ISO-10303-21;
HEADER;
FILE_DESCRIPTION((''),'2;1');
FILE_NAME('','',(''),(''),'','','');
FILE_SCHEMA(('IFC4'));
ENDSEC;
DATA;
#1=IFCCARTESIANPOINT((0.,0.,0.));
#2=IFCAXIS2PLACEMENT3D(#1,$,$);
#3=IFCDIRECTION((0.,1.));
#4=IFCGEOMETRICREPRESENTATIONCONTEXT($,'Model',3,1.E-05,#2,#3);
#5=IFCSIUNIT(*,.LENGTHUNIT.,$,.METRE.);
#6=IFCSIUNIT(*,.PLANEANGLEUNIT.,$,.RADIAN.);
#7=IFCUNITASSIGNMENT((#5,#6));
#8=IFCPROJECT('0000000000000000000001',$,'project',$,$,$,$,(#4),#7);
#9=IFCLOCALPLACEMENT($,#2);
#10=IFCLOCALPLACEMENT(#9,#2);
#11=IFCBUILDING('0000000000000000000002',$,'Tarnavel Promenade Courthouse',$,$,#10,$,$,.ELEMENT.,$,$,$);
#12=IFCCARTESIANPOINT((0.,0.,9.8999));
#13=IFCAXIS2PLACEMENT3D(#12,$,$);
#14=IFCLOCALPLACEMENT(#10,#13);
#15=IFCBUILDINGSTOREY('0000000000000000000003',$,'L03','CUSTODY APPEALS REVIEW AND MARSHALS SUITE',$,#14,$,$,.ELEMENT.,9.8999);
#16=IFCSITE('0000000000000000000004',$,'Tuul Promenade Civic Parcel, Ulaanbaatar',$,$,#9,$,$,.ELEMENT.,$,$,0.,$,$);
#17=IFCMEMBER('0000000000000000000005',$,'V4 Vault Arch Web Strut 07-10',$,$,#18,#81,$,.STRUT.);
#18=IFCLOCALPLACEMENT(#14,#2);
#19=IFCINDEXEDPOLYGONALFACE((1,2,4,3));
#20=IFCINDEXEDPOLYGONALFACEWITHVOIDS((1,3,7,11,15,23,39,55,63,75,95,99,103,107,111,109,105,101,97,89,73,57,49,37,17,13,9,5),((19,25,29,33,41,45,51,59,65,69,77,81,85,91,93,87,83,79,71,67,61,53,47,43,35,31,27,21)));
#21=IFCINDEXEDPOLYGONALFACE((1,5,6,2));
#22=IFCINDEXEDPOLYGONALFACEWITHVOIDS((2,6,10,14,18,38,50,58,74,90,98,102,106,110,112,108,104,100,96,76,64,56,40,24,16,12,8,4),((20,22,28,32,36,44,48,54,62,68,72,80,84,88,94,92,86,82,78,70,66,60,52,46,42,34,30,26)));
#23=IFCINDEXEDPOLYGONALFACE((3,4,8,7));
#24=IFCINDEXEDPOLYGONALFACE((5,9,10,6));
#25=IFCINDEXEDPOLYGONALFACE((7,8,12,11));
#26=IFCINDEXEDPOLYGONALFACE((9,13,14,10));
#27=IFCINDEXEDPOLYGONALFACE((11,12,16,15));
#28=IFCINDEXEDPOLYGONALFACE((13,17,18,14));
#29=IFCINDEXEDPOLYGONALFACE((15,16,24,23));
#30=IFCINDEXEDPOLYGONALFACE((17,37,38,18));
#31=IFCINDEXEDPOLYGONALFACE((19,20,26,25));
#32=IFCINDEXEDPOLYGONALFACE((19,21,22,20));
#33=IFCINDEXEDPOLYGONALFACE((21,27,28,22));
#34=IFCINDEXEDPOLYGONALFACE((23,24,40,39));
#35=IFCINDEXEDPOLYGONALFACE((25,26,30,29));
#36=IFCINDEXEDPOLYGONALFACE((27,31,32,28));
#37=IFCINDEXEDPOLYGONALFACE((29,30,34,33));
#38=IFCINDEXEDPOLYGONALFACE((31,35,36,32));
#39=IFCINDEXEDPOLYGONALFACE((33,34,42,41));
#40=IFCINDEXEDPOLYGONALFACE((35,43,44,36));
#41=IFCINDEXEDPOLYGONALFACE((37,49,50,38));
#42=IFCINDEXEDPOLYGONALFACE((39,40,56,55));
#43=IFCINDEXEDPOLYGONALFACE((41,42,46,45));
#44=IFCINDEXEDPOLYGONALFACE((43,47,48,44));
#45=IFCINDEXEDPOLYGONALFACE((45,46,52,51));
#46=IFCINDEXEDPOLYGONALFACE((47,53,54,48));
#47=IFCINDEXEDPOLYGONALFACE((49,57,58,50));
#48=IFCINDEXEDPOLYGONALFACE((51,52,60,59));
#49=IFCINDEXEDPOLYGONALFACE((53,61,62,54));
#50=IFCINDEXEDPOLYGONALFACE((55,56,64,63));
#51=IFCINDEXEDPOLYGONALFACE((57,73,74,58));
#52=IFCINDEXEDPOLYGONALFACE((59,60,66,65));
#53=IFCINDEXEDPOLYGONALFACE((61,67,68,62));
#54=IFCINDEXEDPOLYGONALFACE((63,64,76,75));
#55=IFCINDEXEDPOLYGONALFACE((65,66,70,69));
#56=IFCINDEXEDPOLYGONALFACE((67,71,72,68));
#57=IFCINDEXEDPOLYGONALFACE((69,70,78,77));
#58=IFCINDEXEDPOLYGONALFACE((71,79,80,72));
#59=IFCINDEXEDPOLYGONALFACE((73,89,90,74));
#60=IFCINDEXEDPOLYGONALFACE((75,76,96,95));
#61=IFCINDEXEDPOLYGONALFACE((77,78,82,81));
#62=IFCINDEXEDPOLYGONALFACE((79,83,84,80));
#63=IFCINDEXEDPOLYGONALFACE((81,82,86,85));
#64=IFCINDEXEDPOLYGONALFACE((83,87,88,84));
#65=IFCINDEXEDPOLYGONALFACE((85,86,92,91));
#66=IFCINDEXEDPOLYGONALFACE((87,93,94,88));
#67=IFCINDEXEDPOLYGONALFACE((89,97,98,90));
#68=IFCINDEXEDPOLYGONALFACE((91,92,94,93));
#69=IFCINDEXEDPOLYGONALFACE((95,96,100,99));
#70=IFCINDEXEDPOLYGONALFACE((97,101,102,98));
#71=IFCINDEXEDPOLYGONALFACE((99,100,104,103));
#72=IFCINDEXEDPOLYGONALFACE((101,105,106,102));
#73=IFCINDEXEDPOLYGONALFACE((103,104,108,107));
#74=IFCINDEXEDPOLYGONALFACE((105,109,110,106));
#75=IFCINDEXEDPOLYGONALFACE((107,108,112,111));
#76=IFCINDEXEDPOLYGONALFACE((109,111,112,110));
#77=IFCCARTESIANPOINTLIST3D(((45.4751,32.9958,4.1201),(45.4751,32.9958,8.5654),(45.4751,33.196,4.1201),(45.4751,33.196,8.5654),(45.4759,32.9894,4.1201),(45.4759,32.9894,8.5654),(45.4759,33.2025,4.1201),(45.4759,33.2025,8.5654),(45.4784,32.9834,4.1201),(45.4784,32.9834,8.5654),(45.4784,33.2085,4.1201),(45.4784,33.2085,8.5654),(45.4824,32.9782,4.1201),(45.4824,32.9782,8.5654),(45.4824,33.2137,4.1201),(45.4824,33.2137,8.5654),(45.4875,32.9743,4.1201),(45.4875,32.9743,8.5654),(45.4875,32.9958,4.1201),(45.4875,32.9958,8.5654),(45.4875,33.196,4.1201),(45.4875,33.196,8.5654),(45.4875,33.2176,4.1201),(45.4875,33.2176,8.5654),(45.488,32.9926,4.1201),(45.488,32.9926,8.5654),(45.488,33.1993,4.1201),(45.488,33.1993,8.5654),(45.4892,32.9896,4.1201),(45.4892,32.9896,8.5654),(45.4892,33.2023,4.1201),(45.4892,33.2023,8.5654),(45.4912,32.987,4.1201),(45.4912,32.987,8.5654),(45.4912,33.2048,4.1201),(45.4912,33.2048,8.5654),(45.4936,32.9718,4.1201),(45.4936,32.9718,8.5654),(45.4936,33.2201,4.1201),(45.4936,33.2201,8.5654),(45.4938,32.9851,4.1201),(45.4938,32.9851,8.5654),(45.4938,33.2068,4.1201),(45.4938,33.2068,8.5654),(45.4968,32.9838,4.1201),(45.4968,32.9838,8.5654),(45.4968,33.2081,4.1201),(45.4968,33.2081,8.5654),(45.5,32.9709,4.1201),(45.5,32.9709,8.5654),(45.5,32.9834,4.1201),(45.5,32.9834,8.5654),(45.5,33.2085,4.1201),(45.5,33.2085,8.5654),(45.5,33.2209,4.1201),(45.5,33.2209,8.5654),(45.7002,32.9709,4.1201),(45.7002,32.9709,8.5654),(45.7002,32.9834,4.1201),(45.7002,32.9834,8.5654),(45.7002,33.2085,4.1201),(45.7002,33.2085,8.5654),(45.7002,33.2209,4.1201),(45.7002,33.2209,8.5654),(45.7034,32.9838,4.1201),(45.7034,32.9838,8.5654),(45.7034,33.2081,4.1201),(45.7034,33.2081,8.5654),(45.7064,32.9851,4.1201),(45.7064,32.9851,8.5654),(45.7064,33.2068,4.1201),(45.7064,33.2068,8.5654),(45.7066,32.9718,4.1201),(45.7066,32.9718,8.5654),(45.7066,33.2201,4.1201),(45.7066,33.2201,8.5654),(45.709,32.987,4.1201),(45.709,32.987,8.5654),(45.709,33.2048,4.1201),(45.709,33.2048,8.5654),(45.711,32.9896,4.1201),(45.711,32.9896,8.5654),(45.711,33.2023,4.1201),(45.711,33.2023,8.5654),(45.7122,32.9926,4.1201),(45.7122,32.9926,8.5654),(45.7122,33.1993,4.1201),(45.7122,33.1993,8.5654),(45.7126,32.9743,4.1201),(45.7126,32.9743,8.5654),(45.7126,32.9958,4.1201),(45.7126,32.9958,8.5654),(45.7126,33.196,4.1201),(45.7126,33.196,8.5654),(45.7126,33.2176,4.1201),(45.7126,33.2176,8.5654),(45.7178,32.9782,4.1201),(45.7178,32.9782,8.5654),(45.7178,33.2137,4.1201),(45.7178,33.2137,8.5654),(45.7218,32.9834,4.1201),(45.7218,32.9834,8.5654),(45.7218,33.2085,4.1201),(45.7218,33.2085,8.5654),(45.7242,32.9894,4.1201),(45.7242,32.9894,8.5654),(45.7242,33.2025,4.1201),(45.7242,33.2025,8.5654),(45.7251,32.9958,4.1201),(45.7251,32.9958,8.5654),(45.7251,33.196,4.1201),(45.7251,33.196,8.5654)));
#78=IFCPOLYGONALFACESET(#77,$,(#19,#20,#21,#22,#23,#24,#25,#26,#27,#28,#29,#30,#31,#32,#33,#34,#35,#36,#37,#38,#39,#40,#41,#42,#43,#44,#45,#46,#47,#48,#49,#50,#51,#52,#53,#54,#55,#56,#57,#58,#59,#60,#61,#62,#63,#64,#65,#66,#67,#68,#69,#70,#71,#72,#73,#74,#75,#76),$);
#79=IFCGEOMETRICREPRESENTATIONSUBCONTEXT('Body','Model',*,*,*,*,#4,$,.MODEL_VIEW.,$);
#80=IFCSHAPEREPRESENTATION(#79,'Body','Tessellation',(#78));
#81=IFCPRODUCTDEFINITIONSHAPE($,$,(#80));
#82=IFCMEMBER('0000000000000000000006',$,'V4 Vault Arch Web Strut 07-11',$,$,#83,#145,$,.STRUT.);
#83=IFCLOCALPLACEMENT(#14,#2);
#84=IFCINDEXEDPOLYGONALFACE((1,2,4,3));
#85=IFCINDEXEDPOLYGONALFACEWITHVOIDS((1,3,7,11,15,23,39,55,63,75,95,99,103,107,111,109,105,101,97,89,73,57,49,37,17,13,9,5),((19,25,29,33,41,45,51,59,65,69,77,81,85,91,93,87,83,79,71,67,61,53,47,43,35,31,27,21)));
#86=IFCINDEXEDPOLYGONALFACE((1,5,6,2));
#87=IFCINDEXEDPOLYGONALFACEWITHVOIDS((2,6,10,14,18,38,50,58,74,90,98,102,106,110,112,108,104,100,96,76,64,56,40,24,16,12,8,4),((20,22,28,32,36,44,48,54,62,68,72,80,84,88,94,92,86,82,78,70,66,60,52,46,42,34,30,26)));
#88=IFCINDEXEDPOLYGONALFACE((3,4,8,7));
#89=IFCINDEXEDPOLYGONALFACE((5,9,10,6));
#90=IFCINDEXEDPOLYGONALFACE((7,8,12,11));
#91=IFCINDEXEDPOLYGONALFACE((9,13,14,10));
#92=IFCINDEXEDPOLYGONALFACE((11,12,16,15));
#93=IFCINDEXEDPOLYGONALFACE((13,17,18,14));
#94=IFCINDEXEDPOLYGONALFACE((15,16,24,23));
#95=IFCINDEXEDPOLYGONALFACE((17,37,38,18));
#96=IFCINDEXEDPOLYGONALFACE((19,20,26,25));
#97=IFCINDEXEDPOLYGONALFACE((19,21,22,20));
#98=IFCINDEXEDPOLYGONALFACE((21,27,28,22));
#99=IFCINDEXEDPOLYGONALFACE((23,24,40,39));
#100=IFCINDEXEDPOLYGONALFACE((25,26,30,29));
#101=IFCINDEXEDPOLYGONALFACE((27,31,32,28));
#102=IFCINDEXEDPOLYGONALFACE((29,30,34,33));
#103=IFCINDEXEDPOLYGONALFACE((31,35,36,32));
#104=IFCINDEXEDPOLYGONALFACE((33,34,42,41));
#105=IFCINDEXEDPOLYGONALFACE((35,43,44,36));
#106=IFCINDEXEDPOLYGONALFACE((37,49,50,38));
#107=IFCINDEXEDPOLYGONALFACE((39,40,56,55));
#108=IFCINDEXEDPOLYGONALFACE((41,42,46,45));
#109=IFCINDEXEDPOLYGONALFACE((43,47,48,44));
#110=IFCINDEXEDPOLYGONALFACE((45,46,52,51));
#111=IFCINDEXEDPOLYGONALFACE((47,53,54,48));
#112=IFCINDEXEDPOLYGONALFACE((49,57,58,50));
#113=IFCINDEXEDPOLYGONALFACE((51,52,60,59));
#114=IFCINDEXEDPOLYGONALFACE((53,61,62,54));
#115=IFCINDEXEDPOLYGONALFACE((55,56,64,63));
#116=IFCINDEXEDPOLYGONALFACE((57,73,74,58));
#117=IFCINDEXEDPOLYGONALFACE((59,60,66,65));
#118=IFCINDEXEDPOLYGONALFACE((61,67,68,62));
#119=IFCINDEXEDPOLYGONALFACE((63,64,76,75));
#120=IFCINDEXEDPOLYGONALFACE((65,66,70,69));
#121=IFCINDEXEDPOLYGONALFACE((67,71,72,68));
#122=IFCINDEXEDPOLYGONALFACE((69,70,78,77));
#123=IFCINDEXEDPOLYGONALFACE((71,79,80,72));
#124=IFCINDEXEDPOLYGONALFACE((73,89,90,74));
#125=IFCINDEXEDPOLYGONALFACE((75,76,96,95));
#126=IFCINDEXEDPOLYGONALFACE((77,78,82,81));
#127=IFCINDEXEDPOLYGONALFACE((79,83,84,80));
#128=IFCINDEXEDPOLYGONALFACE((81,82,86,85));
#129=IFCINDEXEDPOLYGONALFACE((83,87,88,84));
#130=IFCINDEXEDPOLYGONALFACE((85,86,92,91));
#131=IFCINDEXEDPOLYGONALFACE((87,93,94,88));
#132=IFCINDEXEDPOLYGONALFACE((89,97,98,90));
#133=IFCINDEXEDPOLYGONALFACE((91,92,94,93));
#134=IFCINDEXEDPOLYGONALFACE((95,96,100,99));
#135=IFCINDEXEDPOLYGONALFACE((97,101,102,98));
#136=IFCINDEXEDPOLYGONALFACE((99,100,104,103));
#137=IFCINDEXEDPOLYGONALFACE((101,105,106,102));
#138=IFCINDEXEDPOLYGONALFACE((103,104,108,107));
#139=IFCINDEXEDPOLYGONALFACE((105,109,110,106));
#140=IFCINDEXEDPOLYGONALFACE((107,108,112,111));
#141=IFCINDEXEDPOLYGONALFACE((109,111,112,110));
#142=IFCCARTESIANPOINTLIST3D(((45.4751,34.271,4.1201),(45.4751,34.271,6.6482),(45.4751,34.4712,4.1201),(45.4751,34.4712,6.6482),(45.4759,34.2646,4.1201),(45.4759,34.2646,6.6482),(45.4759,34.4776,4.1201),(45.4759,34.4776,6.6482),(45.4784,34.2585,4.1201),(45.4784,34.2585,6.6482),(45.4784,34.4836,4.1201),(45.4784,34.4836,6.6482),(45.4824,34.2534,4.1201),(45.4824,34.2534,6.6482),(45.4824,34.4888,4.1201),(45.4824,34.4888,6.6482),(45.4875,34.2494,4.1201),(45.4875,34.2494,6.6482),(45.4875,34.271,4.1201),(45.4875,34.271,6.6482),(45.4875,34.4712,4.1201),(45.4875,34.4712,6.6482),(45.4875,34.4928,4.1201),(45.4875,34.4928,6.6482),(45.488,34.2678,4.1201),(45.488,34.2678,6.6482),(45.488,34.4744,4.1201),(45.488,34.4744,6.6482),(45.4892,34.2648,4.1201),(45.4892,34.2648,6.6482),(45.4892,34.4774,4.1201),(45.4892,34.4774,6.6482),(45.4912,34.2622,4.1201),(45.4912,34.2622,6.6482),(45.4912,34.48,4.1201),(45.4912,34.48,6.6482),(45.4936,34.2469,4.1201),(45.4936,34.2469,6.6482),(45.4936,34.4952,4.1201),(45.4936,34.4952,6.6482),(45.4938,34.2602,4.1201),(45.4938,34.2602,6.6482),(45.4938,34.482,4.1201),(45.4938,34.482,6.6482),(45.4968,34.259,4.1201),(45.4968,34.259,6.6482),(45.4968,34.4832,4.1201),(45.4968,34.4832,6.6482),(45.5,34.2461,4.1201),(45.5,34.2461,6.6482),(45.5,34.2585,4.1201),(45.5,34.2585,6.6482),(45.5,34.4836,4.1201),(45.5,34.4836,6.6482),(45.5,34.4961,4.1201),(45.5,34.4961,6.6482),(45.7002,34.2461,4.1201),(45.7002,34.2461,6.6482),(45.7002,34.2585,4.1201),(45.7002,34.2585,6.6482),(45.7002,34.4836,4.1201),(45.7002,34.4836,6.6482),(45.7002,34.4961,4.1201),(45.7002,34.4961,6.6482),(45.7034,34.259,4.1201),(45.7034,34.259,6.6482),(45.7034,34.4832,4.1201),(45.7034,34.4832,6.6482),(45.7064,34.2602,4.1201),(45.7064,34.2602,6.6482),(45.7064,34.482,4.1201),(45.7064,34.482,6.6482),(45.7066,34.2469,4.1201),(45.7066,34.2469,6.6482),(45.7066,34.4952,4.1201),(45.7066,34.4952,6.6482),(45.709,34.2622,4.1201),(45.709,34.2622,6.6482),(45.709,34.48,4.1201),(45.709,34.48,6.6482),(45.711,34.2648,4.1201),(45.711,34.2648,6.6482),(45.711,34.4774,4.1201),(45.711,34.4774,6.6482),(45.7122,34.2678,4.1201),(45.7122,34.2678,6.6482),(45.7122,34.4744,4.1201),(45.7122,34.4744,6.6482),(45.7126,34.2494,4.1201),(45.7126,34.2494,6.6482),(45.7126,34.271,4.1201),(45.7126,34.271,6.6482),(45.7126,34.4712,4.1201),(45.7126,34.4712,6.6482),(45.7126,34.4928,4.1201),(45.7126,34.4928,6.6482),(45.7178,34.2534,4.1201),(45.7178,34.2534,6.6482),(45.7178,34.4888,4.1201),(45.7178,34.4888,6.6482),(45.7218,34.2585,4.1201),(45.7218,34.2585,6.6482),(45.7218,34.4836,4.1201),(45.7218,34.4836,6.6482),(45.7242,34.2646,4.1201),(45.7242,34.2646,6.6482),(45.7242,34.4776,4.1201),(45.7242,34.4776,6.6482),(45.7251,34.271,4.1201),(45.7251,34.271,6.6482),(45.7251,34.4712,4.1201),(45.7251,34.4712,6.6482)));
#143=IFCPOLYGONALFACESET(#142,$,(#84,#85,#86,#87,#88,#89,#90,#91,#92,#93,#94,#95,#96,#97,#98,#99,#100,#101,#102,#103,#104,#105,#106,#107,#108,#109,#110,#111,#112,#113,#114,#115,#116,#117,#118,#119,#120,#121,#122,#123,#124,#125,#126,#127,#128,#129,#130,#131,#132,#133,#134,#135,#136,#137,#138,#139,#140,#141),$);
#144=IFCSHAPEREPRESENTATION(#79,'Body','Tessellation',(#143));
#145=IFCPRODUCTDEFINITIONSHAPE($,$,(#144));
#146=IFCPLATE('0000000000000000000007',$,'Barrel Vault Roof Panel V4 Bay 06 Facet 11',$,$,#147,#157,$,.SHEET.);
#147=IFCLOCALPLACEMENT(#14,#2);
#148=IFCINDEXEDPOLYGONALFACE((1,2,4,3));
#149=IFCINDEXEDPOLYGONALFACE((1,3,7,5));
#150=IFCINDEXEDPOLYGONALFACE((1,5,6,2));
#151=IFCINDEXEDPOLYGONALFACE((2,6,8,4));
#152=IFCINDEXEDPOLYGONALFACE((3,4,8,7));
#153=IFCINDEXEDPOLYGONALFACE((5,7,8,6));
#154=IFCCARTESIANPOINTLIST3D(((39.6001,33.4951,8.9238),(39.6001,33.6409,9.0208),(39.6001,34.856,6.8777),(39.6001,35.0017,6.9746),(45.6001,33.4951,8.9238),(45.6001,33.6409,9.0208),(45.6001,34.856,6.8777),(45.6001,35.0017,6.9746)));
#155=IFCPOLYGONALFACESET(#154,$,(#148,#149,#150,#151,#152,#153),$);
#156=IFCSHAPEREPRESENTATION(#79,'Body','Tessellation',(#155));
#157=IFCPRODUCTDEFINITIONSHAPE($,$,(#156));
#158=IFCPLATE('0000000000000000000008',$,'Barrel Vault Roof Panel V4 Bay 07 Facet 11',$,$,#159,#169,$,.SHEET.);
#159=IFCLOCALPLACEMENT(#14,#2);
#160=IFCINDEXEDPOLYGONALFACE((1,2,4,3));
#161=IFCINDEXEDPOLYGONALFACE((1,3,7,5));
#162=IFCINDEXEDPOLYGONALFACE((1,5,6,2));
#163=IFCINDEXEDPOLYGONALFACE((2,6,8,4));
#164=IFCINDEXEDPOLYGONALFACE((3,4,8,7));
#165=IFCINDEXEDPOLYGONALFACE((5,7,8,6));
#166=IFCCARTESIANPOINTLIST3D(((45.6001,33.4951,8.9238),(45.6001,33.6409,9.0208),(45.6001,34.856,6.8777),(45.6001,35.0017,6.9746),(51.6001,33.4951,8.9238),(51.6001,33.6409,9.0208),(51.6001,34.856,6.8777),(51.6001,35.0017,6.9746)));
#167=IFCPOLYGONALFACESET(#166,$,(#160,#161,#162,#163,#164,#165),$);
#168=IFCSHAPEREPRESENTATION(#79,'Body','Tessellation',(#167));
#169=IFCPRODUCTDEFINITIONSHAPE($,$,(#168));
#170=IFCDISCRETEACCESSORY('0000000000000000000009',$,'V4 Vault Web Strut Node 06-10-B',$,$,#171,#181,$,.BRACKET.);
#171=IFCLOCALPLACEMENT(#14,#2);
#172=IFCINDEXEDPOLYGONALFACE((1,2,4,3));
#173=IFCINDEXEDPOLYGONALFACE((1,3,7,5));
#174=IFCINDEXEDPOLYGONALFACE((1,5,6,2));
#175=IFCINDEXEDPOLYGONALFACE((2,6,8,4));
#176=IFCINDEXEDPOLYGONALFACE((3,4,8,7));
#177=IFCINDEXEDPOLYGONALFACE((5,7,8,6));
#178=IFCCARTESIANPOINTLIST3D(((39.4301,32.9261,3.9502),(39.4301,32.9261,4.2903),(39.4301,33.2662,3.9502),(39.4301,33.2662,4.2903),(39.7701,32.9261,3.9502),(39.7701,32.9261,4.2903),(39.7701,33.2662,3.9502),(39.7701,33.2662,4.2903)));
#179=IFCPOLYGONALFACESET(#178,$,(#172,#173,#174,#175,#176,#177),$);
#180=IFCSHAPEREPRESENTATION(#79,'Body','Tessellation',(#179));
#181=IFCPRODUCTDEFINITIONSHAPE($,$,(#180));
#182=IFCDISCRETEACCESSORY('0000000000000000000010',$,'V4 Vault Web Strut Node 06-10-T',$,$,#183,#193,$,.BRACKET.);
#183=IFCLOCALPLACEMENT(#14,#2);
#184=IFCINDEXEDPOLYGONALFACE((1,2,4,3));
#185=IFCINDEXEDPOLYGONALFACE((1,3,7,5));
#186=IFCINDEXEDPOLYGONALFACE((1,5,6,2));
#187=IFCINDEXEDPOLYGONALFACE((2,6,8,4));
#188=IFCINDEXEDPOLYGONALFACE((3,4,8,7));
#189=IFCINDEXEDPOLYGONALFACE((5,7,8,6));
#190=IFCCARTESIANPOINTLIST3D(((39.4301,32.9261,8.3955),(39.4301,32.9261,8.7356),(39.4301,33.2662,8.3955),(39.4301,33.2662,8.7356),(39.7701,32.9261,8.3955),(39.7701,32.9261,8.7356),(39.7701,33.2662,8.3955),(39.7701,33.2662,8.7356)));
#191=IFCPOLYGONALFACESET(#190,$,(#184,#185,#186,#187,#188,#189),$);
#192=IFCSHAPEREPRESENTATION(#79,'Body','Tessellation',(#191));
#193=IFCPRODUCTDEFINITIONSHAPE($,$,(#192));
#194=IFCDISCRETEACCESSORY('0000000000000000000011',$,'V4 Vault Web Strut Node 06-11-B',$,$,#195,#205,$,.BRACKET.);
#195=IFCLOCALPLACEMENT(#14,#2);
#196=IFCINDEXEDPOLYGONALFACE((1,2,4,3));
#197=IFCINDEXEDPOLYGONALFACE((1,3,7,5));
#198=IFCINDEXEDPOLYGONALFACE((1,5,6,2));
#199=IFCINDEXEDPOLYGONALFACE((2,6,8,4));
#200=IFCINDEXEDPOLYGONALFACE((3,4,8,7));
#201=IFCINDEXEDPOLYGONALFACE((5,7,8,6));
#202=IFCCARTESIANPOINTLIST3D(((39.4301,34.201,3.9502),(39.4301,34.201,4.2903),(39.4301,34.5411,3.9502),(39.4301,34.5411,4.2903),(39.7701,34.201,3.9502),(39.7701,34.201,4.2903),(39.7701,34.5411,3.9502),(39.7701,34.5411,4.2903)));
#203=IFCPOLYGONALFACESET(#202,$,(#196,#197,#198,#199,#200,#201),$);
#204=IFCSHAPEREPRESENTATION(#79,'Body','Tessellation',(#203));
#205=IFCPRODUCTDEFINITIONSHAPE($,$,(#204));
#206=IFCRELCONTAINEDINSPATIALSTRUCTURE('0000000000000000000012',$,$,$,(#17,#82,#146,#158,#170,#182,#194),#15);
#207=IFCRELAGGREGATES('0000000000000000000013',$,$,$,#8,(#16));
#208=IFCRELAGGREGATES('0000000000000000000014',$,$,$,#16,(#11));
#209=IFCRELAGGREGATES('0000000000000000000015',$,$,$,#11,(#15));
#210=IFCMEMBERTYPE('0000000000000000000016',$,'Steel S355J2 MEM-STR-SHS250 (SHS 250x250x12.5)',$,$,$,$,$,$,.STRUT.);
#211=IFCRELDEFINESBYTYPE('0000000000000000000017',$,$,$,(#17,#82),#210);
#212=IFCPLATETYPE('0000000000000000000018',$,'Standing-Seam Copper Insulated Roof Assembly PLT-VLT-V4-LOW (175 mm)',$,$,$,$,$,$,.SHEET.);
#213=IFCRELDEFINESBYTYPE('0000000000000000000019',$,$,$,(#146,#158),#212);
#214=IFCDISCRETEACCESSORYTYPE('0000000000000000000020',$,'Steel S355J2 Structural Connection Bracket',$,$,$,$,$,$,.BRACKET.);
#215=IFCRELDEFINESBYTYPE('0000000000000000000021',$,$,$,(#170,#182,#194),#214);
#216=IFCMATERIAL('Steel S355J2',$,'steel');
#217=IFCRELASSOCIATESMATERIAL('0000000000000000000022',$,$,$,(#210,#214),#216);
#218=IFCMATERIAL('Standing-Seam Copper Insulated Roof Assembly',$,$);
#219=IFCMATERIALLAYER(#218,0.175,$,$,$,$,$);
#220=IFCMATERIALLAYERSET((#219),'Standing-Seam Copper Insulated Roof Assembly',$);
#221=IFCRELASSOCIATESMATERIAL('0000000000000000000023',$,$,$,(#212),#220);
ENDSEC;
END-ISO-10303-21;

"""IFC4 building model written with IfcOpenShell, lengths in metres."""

from ifc_helpers import new_model, si_unit, direction, frame, origin, origin_2d, place, context, subcontext, project, spatial, polyline, rectangle, hollow_rectangle, outline, extrude, material, layer, layer_set, material_profile, profile_set, type_object, element, save


model = new_model("IFC4")

# Units and contexts
model_context = context("Model", 3, precision=1e-05, world=origin(), true_north=direction((0.0, 1.0)))
body_context = subcontext(model_context, "Body", "Model", "MODEL_VIEW")
ifc_project = project(units=[si_unit("LENGTHUNIT", "METRE"), si_unit("PLANEANGLEUNIT", "RADIAN")], contexts=[model_context])

# Site, building, storey
site_placement = place(None, origin())
site = spatial("IfcSite", under=ifc_project, at=site_placement, Name="Tuul Promenade Civic Parcel, Ulaanbaatar", CompositionType="ELEMENT", RefElevation=0.0)
building_placement = place(site_placement, origin())
building = spatial("IfcBuilding", under=site, at=building_placement, Name="Tarnavel Promenade Courthouse", CompositionType="ELEMENT")
storey_placement = place(building_placement, frame((0.0, 0.0, 9.8999)))
storey = spatial("IfcBuildingStorey", under=building, at=storey_placement, Name="L03", Description="CUSTODY APPEALS REVIEW AND MARSHALS SUITE", CompositionType="ELEMENT", Elevation=9.8999)

# Shared definitions
ifc_material_1 = material(Name="Steel S355J2", Category="steel")

# Members
ifc_material_profile_1 = material_profile(ifc_material_1, hollow_rectangle(XDim=0.25, YDim=0.25, WallThickness=0.0125, InnerFilletRadius=0.0125, OuterFilletRadius=0.0249, at=origin_2d()), Name="SHS 250x250x12.5")
ifc_profile_set_1 = profile_set([ifc_material_profile_1], Name="Steel S355J2")
member_type_1 = type_object("IfcMemberType", Name="Steel S355J2 MEM-STR-SHS250 (SHS 250x250x12.5)", PredefinedType="STRUT", material=ifc_profile_set_1)
member_1_placement = place(storey_placement, frame((45.6001, 33.0959, 4.1201), z_axis=(0.0, 0.0, 1.0), x_axis=(1.0, 0.0, 0.0)))
element("IfcMember", 1, at=member_1_placement, inside=storey, type_object=member_type_1, Name="V4 Vault Arch Web Strut 07-10", PredefinedType="STRUT", context=body_context, shape_type="SweptSolid", body=[
    extrude(hollow_rectangle(XDim=0.25, YDim=0.25, WallThickness=0.0125, InnerFilletRadius=0.0125, OuterFilletRadius=0.0249, at=origin_2d()), origin(), (0.0, 0.0, 1.0), 4.4453),
])
member_2_placement = place(storey_placement, frame((45.6001, 34.3711, 4.1201), z_axis=(0.0, 0.0, 1.0), x_axis=(1.0, 0.0, 0.0)))
element("IfcMember", 2, at=member_2_placement, inside=storey, type_object=member_type_1, Name="V4 Vault Arch Web Strut 07-11", PredefinedType="STRUT", context=body_context, shape_type="SweptSolid", body=[
    extrude(hollow_rectangle(XDim=0.25, YDim=0.25, WallThickness=0.0125, InnerFilletRadius=0.0125, OuterFilletRadius=0.0249, at=origin_2d()), origin(), (0.0, 0.0, 1.0), 2.5281),
])

# Plates
ifc_material_2 = material(Name="Standing-Seam Copper Insulated Roof Assembly")
ifc_layer = layer(ifc_material_2, 0.175)
ifc_layer_set = layer_set([ifc_layer], Name="Standing-Seam Copper Insulated Roof Assembly")
plate_type = type_object("IfcPlateType", Name="Standing-Seam Copper Insulated Roof Assembly PLT-VLT-V4-LOW (175 mm)", PredefinedType="SHEET", material=ifc_layer_set)
for number, where, z_axis, x_axis, name in (
    (3, (39.6001, 33.6409, 9.0208), (0.0, 0.832661, 0.553783), (1.0, 0.0, 0.0), "Barrel Vault Roof Panel V4 Bay 06 Facet 11"),
    (4, (45.6001, 33.6409, 9.0208), (0.0, 0.832661, 0.553783), (1.0, 0.0, 0.0), "Barrel Vault Roof Panel V4 Bay 07 Facet 11"),
):
    element("IfcPlate", number, at=place(storey_placement, frame(where, z_axis=z_axis, x_axis=x_axis)), inside=storey, type_object=plate_type, Name=name, PredefinedType="SHEET", context=body_context, shape_type="SweptSolid", body=[
        extrude(outline(polyline([(0.0, 0.0), (6.0, 0.0), (6.0, 2.4574), (0.0, 2.4574), (0.0, 0.0)])), origin(), (0.0, 0.0, -1.0), 0.175),
    ])

# Discrete accessories
discrete_accessory_type = type_object("IfcDiscreteAccessoryType", Name="Steel S355J2 Structural Connection Bracket", PredefinedType="BRACKET", material=ifc_material_1)
for number, where, z_axis, x_axis, name in (
    (5, (39.6001, 33.0962, 3.9502), (0.0, 0.0, 1.0), (1.0, 0.0, 0.0), "V4 Vault Web Strut Node 06-10-B"),
    (6, (39.6001, 33.0962, 8.3955), (0.0, 0.0, 1.0), (1.0, 0.0, 0.0), "V4 Vault Web Strut Node 06-10-T"),
    (7, (39.6001, 34.3711, 3.9502), (0.0, 0.0, 1.0), (1.0, 0.0, 0.0), "V4 Vault Web Strut Node 06-11-B"),
):
    element("IfcDiscreteAccessory", number, at=place(storey_placement, frame(where, z_axis=z_axis, x_axis=x_axis)), inside=storey, type_object=discrete_accessory_type, Name=name, PredefinedType="BRACKET", context=body_context, shape_type="SweptSolid", body=[
        extrude(rectangle(XDim=0.3401, YDim=0.3401, at=origin_2d()), origin(), (0.0, 0.0, 1.0), 0.3401),
    ])

save(model, "model.ifc")
